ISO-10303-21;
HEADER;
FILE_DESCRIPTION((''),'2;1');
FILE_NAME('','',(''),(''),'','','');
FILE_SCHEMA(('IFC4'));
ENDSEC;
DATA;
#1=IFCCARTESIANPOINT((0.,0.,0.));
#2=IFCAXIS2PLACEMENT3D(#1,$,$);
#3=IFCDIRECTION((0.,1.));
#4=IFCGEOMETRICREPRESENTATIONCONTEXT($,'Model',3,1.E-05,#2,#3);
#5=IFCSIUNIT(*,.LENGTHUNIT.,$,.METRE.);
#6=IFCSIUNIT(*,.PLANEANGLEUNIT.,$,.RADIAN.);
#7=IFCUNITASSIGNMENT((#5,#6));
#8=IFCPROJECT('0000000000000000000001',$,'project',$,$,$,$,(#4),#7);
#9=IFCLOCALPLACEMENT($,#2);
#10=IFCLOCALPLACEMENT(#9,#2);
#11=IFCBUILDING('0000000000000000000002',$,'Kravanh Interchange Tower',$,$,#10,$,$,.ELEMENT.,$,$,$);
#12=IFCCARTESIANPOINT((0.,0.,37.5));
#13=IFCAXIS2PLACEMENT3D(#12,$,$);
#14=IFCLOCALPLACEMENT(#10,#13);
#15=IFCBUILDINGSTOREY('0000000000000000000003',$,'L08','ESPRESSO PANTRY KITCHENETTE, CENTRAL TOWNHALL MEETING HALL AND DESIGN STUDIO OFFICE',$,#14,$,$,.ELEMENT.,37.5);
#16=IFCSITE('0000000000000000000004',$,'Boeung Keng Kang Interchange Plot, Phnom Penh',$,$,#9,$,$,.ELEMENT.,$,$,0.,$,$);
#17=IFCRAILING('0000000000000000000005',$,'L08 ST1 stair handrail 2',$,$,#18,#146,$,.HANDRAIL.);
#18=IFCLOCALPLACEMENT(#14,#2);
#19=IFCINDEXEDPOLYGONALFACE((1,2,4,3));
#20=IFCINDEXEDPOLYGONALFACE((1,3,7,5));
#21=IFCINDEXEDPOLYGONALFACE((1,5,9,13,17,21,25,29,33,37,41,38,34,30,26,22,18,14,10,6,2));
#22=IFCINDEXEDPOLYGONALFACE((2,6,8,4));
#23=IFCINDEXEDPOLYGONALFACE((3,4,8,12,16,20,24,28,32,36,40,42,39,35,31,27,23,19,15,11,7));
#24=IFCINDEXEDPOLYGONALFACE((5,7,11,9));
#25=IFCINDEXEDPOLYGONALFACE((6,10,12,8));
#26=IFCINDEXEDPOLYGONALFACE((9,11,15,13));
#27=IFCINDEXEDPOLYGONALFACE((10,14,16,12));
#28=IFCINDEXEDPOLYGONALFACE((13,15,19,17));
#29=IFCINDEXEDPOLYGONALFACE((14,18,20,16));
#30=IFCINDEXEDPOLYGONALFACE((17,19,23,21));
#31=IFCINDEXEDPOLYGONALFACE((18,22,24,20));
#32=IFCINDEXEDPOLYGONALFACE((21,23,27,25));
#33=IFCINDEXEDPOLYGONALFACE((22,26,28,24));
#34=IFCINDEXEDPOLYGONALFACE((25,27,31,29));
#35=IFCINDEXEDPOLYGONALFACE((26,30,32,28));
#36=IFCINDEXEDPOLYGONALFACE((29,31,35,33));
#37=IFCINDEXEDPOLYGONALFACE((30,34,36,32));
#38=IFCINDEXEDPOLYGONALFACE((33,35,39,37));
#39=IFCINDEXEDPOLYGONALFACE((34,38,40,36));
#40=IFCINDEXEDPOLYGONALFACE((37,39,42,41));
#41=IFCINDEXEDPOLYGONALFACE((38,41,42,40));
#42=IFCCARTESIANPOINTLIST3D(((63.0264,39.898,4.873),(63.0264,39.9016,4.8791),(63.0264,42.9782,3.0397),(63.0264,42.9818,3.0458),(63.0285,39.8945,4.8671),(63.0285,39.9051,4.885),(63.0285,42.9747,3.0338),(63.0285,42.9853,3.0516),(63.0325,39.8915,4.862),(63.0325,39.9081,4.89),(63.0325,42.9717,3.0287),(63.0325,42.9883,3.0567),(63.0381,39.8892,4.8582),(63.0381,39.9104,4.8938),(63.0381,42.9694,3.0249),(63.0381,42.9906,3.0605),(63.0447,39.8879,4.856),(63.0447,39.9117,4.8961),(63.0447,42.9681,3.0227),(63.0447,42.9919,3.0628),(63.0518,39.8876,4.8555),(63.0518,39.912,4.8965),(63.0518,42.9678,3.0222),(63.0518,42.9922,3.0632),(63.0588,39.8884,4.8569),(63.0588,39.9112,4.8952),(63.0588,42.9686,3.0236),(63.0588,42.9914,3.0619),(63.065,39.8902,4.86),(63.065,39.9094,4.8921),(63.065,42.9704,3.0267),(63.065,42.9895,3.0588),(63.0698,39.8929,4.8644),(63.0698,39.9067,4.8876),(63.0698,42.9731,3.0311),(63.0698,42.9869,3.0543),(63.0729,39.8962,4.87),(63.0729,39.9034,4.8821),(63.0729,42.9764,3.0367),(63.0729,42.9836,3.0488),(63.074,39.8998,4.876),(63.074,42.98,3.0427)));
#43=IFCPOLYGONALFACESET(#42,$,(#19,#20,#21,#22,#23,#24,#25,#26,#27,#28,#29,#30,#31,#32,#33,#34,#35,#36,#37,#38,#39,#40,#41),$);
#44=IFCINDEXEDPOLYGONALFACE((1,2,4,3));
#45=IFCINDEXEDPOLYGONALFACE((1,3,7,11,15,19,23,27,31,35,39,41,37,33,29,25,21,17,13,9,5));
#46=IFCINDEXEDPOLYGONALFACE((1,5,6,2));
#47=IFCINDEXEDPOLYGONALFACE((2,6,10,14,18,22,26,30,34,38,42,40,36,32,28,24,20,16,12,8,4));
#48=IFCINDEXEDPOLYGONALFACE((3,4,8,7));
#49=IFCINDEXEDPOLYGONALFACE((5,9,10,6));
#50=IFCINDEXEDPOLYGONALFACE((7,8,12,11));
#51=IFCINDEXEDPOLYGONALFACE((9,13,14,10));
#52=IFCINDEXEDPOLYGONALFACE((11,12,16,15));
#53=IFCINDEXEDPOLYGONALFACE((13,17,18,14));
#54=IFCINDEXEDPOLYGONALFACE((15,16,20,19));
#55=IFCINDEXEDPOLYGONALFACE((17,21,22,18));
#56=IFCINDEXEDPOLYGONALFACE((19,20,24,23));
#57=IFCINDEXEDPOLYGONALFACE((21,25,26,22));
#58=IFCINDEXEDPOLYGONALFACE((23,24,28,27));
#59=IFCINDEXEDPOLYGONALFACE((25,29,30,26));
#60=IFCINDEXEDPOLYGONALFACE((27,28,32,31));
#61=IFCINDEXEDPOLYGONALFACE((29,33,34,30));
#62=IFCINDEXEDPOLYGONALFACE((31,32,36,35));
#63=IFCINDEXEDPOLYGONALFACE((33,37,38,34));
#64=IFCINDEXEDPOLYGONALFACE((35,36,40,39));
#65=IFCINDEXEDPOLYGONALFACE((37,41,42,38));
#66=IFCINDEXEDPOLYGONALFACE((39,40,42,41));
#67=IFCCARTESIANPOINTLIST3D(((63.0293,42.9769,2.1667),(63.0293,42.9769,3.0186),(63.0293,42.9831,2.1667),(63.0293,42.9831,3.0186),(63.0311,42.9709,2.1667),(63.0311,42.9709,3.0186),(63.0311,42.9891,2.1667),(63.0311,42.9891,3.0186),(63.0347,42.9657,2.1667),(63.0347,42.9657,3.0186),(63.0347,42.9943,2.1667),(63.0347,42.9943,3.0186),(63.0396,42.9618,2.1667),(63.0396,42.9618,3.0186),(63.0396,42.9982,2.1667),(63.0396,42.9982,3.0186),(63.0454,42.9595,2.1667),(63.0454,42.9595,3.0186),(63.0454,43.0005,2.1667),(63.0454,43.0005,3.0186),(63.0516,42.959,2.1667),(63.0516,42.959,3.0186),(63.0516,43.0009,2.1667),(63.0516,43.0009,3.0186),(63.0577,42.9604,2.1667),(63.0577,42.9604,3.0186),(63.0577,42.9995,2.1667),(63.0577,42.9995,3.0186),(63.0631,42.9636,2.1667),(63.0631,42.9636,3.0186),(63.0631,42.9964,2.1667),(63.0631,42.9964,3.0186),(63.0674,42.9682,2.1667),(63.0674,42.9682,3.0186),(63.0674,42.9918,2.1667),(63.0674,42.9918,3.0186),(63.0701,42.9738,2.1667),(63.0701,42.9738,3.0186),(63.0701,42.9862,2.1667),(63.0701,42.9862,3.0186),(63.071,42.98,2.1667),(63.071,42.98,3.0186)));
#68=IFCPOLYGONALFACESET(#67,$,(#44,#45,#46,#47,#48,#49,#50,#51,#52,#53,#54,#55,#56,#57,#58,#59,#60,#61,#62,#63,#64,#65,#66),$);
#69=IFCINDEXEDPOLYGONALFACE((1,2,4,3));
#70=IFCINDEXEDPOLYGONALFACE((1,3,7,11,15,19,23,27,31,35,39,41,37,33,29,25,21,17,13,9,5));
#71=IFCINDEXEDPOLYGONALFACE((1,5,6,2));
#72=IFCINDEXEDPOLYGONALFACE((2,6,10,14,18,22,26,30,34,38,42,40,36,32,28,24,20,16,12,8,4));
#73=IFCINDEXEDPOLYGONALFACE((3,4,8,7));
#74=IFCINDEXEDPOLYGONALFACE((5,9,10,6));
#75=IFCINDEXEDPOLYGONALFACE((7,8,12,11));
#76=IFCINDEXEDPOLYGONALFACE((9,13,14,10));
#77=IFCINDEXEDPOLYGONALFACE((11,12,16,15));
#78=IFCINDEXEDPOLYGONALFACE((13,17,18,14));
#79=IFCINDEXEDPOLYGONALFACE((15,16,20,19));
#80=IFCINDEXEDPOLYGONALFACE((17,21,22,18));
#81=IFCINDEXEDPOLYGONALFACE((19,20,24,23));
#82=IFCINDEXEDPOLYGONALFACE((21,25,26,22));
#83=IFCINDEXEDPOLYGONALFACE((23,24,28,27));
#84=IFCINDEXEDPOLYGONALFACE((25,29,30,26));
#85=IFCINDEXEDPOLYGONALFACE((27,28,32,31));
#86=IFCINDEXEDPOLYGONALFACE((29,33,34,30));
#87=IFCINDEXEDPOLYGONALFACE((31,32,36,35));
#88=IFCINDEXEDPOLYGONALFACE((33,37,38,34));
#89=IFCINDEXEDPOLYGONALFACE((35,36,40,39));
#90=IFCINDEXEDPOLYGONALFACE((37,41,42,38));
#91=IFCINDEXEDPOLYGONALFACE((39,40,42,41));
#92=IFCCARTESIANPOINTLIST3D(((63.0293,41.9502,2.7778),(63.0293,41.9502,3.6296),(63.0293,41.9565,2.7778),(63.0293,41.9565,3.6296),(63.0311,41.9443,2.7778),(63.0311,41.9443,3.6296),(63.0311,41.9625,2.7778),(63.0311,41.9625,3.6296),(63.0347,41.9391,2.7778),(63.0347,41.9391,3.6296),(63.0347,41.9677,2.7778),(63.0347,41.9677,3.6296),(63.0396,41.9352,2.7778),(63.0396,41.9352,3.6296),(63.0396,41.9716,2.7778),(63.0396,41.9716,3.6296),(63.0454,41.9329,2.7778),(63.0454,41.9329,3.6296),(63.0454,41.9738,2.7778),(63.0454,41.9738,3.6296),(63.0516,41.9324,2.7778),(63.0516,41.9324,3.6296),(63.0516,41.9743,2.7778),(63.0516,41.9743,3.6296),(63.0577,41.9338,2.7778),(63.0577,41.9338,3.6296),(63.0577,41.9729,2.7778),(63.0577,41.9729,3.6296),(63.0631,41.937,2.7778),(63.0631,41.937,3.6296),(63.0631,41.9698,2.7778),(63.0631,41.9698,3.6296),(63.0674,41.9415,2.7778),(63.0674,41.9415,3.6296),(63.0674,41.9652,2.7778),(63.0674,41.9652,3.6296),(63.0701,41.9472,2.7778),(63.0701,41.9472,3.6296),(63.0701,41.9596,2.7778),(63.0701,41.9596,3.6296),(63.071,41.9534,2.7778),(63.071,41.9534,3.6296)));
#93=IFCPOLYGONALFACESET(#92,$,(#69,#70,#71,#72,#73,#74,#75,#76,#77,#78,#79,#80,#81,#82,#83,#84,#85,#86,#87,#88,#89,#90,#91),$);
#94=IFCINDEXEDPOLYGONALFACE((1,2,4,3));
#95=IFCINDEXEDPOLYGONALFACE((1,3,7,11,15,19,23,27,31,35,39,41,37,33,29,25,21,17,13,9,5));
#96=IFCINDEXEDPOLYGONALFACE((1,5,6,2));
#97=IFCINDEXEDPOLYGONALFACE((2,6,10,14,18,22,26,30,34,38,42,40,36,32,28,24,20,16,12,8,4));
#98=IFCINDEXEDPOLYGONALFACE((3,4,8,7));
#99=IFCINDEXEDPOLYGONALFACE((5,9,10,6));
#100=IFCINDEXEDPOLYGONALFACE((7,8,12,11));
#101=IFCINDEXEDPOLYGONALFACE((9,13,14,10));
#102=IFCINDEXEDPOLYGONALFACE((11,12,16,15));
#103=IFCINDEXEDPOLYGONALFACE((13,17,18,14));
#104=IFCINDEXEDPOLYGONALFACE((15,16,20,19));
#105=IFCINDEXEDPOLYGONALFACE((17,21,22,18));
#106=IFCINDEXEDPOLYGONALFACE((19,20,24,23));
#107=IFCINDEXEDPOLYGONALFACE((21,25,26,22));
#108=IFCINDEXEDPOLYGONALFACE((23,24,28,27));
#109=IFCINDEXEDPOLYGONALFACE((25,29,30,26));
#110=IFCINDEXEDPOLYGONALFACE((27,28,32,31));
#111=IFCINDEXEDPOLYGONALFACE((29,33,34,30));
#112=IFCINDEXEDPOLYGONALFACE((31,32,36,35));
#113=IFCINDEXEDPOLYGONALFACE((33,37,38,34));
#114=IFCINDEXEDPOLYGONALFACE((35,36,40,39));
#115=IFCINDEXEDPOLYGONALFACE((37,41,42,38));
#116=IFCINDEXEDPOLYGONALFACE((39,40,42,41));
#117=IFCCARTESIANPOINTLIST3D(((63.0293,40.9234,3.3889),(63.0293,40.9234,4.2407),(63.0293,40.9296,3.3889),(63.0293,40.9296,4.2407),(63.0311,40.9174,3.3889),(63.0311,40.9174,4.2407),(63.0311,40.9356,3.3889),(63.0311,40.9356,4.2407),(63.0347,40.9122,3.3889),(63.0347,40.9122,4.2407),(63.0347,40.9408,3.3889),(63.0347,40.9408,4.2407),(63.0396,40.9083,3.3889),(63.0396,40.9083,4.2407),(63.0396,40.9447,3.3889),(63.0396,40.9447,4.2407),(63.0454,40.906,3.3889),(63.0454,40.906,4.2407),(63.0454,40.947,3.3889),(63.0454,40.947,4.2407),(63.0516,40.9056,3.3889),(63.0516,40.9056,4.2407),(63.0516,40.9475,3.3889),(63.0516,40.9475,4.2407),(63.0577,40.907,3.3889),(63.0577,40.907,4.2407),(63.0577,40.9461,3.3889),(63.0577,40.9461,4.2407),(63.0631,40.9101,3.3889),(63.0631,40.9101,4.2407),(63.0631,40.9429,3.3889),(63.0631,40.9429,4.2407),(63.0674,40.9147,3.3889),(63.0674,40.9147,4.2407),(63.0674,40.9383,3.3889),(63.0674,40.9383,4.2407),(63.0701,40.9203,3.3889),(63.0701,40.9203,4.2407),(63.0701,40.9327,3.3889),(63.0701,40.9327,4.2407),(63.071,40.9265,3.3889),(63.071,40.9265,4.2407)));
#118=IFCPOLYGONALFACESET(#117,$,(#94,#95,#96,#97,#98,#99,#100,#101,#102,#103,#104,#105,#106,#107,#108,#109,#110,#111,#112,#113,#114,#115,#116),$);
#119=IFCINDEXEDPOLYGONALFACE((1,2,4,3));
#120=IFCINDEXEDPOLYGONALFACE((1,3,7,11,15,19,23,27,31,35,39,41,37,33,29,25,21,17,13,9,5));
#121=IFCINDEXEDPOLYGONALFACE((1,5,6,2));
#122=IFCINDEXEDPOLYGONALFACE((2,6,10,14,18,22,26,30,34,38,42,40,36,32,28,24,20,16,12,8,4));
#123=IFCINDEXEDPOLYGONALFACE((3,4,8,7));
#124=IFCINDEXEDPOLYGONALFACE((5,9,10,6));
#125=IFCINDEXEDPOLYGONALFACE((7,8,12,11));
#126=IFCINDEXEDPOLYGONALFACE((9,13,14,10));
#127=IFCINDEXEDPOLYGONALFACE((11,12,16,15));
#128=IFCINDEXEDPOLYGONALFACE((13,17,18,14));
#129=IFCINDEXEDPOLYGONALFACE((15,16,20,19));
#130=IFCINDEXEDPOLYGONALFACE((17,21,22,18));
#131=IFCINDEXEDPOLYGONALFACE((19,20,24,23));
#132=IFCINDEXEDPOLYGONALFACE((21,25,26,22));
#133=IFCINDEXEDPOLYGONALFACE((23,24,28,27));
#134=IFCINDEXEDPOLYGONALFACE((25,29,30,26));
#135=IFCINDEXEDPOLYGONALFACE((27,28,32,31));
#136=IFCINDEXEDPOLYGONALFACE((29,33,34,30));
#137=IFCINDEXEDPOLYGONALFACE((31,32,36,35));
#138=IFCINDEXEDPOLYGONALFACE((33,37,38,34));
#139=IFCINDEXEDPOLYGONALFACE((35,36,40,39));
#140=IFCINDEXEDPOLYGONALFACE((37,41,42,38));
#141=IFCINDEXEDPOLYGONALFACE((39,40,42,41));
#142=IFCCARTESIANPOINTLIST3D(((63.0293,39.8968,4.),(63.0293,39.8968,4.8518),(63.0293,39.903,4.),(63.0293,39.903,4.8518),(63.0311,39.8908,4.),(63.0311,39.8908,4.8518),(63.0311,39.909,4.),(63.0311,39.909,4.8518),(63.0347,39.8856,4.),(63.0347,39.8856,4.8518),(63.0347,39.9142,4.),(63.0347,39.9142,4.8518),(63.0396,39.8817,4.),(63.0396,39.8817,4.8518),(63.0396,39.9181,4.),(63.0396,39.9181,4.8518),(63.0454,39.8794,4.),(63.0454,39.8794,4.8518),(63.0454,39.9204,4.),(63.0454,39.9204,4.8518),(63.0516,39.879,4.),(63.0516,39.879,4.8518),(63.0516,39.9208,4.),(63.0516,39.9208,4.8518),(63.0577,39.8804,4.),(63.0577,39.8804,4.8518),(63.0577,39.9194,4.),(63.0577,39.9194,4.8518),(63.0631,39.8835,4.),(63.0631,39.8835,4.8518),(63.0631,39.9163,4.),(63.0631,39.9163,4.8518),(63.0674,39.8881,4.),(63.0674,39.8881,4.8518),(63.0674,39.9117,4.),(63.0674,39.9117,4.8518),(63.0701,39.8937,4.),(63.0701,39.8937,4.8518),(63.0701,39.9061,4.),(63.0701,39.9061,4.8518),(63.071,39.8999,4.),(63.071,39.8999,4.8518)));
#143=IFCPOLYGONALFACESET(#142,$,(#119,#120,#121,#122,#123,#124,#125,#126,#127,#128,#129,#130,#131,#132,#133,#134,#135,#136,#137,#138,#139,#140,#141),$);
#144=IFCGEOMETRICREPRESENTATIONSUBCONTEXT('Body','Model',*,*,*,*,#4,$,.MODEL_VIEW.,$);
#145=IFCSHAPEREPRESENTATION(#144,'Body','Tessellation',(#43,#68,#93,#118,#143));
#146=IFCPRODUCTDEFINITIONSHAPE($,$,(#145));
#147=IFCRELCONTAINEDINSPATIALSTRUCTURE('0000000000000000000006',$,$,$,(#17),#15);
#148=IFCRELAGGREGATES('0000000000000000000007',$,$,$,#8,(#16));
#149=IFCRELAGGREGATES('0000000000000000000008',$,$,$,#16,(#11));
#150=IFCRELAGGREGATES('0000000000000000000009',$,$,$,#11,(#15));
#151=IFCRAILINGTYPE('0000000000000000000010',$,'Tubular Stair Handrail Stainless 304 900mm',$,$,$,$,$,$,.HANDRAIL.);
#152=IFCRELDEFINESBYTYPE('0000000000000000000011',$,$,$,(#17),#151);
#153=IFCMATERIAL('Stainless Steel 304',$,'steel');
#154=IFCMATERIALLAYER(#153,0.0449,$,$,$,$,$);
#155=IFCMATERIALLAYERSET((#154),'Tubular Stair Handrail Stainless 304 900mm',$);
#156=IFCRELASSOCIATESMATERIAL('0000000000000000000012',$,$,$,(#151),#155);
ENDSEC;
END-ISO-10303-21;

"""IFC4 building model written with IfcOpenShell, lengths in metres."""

from ifc_helpers import new_model, si_unit, direction, frame, origin, origin_2d, place, context, subcontext, project, spatial, circle, extrude, material, layer, layer_set, type_object, element, save


model = new_model("IFC4")

# Units and contexts
model_context = context("Model", 3, precision=1e-05, world=origin(), true_north=direction((0.0, 1.0)))
body_context = subcontext(model_context, "Body", "Model", "MODEL_VIEW")
ifc_project = project(units=[si_unit("LENGTHUNIT", "METRE"), si_unit("PLANEANGLEUNIT", "RADIAN")], contexts=[model_context])

# Site, building, storey
site_placement = place(None, origin())
site = spatial("IfcSite", under=ifc_project, at=site_placement, Name="Boeung Keng Kang Interchange Plot, Phnom Penh", CompositionType="ELEMENT", RefElevation=0.0)
building_placement = place(site_placement, origin())
building = spatial("IfcBuilding", under=site, at=building_placement, Name="Kravanh Interchange Tower", CompositionType="ELEMENT")
storey_placement = place(building_placement, frame((0.0, 0.0, 37.5)))
storey = spatial("IfcBuildingStorey", under=building, at=storey_placement, Name="L08", Description="ESPRESSO PANTRY KITCHENETTE, CENTRAL TOWNHALL MEETING HALL AND DESIGN STUDIO OFFICE", CompositionType="ELEMENT", Elevation=37.5)

# Railing
ifc_material_1 = material(Name="Stainless Steel 304", Category="steel")
ifc_layer_1 = layer(ifc_material_1, 0.0449)
ifc_layer_set_1 = layer_set([ifc_layer_1], Name="Tubular Stair Handrail Stainless 304 900mm")
railing_type_1 = type_object("IfcRailingType", Name="Tubular Stair Handrail Stainless 304 900mm", PredefinedType="HANDRAIL", material=ifc_layer_set_1)
railing_1_placement = place(storey_placement, frame((63.05, 42.98, 2.1667)))
element("IfcRailing", 1, at=railing_1_placement, inside=storey, type_object=railing_type_1, Name="L08 ST1 stair handrail 2", PredefinedType="HANDRAIL", context=body_context, shape_type="SweptSolid", body=[
    extrude(circle(Radius=0.0239, at=origin_2d()), frame((0.0, 0.0, 0.876), z_axis=(0.0, -0.859309, 0.511458), x_axis=(1.0, 0.0, 0.0)), (0.0, 0.0, 1.0), 3.5845),
    extrude(circle(Radius=0.021, at=origin_2d()), origin(), (0.0, 0.0, 1.0), 0.8518),
    extrude(circle(Radius=0.021, at=origin_2d()), frame((0.0, -1.0266, 0.6111)), (0.0, 0.0, 1.0), 0.8518),
    extrude(circle(Radius=0.021, at=origin_2d()), frame((0.0, -2.0535, 1.2222)), (0.0, 0.0, 1.0), 0.8518),
    extrude(circle(Radius=0.021, at=origin_2d()), frame((0.0, -3.0801, 1.8333)), (0.0, 0.0, 1.0), 0.8518),
])

save(model, "model.ifc")
